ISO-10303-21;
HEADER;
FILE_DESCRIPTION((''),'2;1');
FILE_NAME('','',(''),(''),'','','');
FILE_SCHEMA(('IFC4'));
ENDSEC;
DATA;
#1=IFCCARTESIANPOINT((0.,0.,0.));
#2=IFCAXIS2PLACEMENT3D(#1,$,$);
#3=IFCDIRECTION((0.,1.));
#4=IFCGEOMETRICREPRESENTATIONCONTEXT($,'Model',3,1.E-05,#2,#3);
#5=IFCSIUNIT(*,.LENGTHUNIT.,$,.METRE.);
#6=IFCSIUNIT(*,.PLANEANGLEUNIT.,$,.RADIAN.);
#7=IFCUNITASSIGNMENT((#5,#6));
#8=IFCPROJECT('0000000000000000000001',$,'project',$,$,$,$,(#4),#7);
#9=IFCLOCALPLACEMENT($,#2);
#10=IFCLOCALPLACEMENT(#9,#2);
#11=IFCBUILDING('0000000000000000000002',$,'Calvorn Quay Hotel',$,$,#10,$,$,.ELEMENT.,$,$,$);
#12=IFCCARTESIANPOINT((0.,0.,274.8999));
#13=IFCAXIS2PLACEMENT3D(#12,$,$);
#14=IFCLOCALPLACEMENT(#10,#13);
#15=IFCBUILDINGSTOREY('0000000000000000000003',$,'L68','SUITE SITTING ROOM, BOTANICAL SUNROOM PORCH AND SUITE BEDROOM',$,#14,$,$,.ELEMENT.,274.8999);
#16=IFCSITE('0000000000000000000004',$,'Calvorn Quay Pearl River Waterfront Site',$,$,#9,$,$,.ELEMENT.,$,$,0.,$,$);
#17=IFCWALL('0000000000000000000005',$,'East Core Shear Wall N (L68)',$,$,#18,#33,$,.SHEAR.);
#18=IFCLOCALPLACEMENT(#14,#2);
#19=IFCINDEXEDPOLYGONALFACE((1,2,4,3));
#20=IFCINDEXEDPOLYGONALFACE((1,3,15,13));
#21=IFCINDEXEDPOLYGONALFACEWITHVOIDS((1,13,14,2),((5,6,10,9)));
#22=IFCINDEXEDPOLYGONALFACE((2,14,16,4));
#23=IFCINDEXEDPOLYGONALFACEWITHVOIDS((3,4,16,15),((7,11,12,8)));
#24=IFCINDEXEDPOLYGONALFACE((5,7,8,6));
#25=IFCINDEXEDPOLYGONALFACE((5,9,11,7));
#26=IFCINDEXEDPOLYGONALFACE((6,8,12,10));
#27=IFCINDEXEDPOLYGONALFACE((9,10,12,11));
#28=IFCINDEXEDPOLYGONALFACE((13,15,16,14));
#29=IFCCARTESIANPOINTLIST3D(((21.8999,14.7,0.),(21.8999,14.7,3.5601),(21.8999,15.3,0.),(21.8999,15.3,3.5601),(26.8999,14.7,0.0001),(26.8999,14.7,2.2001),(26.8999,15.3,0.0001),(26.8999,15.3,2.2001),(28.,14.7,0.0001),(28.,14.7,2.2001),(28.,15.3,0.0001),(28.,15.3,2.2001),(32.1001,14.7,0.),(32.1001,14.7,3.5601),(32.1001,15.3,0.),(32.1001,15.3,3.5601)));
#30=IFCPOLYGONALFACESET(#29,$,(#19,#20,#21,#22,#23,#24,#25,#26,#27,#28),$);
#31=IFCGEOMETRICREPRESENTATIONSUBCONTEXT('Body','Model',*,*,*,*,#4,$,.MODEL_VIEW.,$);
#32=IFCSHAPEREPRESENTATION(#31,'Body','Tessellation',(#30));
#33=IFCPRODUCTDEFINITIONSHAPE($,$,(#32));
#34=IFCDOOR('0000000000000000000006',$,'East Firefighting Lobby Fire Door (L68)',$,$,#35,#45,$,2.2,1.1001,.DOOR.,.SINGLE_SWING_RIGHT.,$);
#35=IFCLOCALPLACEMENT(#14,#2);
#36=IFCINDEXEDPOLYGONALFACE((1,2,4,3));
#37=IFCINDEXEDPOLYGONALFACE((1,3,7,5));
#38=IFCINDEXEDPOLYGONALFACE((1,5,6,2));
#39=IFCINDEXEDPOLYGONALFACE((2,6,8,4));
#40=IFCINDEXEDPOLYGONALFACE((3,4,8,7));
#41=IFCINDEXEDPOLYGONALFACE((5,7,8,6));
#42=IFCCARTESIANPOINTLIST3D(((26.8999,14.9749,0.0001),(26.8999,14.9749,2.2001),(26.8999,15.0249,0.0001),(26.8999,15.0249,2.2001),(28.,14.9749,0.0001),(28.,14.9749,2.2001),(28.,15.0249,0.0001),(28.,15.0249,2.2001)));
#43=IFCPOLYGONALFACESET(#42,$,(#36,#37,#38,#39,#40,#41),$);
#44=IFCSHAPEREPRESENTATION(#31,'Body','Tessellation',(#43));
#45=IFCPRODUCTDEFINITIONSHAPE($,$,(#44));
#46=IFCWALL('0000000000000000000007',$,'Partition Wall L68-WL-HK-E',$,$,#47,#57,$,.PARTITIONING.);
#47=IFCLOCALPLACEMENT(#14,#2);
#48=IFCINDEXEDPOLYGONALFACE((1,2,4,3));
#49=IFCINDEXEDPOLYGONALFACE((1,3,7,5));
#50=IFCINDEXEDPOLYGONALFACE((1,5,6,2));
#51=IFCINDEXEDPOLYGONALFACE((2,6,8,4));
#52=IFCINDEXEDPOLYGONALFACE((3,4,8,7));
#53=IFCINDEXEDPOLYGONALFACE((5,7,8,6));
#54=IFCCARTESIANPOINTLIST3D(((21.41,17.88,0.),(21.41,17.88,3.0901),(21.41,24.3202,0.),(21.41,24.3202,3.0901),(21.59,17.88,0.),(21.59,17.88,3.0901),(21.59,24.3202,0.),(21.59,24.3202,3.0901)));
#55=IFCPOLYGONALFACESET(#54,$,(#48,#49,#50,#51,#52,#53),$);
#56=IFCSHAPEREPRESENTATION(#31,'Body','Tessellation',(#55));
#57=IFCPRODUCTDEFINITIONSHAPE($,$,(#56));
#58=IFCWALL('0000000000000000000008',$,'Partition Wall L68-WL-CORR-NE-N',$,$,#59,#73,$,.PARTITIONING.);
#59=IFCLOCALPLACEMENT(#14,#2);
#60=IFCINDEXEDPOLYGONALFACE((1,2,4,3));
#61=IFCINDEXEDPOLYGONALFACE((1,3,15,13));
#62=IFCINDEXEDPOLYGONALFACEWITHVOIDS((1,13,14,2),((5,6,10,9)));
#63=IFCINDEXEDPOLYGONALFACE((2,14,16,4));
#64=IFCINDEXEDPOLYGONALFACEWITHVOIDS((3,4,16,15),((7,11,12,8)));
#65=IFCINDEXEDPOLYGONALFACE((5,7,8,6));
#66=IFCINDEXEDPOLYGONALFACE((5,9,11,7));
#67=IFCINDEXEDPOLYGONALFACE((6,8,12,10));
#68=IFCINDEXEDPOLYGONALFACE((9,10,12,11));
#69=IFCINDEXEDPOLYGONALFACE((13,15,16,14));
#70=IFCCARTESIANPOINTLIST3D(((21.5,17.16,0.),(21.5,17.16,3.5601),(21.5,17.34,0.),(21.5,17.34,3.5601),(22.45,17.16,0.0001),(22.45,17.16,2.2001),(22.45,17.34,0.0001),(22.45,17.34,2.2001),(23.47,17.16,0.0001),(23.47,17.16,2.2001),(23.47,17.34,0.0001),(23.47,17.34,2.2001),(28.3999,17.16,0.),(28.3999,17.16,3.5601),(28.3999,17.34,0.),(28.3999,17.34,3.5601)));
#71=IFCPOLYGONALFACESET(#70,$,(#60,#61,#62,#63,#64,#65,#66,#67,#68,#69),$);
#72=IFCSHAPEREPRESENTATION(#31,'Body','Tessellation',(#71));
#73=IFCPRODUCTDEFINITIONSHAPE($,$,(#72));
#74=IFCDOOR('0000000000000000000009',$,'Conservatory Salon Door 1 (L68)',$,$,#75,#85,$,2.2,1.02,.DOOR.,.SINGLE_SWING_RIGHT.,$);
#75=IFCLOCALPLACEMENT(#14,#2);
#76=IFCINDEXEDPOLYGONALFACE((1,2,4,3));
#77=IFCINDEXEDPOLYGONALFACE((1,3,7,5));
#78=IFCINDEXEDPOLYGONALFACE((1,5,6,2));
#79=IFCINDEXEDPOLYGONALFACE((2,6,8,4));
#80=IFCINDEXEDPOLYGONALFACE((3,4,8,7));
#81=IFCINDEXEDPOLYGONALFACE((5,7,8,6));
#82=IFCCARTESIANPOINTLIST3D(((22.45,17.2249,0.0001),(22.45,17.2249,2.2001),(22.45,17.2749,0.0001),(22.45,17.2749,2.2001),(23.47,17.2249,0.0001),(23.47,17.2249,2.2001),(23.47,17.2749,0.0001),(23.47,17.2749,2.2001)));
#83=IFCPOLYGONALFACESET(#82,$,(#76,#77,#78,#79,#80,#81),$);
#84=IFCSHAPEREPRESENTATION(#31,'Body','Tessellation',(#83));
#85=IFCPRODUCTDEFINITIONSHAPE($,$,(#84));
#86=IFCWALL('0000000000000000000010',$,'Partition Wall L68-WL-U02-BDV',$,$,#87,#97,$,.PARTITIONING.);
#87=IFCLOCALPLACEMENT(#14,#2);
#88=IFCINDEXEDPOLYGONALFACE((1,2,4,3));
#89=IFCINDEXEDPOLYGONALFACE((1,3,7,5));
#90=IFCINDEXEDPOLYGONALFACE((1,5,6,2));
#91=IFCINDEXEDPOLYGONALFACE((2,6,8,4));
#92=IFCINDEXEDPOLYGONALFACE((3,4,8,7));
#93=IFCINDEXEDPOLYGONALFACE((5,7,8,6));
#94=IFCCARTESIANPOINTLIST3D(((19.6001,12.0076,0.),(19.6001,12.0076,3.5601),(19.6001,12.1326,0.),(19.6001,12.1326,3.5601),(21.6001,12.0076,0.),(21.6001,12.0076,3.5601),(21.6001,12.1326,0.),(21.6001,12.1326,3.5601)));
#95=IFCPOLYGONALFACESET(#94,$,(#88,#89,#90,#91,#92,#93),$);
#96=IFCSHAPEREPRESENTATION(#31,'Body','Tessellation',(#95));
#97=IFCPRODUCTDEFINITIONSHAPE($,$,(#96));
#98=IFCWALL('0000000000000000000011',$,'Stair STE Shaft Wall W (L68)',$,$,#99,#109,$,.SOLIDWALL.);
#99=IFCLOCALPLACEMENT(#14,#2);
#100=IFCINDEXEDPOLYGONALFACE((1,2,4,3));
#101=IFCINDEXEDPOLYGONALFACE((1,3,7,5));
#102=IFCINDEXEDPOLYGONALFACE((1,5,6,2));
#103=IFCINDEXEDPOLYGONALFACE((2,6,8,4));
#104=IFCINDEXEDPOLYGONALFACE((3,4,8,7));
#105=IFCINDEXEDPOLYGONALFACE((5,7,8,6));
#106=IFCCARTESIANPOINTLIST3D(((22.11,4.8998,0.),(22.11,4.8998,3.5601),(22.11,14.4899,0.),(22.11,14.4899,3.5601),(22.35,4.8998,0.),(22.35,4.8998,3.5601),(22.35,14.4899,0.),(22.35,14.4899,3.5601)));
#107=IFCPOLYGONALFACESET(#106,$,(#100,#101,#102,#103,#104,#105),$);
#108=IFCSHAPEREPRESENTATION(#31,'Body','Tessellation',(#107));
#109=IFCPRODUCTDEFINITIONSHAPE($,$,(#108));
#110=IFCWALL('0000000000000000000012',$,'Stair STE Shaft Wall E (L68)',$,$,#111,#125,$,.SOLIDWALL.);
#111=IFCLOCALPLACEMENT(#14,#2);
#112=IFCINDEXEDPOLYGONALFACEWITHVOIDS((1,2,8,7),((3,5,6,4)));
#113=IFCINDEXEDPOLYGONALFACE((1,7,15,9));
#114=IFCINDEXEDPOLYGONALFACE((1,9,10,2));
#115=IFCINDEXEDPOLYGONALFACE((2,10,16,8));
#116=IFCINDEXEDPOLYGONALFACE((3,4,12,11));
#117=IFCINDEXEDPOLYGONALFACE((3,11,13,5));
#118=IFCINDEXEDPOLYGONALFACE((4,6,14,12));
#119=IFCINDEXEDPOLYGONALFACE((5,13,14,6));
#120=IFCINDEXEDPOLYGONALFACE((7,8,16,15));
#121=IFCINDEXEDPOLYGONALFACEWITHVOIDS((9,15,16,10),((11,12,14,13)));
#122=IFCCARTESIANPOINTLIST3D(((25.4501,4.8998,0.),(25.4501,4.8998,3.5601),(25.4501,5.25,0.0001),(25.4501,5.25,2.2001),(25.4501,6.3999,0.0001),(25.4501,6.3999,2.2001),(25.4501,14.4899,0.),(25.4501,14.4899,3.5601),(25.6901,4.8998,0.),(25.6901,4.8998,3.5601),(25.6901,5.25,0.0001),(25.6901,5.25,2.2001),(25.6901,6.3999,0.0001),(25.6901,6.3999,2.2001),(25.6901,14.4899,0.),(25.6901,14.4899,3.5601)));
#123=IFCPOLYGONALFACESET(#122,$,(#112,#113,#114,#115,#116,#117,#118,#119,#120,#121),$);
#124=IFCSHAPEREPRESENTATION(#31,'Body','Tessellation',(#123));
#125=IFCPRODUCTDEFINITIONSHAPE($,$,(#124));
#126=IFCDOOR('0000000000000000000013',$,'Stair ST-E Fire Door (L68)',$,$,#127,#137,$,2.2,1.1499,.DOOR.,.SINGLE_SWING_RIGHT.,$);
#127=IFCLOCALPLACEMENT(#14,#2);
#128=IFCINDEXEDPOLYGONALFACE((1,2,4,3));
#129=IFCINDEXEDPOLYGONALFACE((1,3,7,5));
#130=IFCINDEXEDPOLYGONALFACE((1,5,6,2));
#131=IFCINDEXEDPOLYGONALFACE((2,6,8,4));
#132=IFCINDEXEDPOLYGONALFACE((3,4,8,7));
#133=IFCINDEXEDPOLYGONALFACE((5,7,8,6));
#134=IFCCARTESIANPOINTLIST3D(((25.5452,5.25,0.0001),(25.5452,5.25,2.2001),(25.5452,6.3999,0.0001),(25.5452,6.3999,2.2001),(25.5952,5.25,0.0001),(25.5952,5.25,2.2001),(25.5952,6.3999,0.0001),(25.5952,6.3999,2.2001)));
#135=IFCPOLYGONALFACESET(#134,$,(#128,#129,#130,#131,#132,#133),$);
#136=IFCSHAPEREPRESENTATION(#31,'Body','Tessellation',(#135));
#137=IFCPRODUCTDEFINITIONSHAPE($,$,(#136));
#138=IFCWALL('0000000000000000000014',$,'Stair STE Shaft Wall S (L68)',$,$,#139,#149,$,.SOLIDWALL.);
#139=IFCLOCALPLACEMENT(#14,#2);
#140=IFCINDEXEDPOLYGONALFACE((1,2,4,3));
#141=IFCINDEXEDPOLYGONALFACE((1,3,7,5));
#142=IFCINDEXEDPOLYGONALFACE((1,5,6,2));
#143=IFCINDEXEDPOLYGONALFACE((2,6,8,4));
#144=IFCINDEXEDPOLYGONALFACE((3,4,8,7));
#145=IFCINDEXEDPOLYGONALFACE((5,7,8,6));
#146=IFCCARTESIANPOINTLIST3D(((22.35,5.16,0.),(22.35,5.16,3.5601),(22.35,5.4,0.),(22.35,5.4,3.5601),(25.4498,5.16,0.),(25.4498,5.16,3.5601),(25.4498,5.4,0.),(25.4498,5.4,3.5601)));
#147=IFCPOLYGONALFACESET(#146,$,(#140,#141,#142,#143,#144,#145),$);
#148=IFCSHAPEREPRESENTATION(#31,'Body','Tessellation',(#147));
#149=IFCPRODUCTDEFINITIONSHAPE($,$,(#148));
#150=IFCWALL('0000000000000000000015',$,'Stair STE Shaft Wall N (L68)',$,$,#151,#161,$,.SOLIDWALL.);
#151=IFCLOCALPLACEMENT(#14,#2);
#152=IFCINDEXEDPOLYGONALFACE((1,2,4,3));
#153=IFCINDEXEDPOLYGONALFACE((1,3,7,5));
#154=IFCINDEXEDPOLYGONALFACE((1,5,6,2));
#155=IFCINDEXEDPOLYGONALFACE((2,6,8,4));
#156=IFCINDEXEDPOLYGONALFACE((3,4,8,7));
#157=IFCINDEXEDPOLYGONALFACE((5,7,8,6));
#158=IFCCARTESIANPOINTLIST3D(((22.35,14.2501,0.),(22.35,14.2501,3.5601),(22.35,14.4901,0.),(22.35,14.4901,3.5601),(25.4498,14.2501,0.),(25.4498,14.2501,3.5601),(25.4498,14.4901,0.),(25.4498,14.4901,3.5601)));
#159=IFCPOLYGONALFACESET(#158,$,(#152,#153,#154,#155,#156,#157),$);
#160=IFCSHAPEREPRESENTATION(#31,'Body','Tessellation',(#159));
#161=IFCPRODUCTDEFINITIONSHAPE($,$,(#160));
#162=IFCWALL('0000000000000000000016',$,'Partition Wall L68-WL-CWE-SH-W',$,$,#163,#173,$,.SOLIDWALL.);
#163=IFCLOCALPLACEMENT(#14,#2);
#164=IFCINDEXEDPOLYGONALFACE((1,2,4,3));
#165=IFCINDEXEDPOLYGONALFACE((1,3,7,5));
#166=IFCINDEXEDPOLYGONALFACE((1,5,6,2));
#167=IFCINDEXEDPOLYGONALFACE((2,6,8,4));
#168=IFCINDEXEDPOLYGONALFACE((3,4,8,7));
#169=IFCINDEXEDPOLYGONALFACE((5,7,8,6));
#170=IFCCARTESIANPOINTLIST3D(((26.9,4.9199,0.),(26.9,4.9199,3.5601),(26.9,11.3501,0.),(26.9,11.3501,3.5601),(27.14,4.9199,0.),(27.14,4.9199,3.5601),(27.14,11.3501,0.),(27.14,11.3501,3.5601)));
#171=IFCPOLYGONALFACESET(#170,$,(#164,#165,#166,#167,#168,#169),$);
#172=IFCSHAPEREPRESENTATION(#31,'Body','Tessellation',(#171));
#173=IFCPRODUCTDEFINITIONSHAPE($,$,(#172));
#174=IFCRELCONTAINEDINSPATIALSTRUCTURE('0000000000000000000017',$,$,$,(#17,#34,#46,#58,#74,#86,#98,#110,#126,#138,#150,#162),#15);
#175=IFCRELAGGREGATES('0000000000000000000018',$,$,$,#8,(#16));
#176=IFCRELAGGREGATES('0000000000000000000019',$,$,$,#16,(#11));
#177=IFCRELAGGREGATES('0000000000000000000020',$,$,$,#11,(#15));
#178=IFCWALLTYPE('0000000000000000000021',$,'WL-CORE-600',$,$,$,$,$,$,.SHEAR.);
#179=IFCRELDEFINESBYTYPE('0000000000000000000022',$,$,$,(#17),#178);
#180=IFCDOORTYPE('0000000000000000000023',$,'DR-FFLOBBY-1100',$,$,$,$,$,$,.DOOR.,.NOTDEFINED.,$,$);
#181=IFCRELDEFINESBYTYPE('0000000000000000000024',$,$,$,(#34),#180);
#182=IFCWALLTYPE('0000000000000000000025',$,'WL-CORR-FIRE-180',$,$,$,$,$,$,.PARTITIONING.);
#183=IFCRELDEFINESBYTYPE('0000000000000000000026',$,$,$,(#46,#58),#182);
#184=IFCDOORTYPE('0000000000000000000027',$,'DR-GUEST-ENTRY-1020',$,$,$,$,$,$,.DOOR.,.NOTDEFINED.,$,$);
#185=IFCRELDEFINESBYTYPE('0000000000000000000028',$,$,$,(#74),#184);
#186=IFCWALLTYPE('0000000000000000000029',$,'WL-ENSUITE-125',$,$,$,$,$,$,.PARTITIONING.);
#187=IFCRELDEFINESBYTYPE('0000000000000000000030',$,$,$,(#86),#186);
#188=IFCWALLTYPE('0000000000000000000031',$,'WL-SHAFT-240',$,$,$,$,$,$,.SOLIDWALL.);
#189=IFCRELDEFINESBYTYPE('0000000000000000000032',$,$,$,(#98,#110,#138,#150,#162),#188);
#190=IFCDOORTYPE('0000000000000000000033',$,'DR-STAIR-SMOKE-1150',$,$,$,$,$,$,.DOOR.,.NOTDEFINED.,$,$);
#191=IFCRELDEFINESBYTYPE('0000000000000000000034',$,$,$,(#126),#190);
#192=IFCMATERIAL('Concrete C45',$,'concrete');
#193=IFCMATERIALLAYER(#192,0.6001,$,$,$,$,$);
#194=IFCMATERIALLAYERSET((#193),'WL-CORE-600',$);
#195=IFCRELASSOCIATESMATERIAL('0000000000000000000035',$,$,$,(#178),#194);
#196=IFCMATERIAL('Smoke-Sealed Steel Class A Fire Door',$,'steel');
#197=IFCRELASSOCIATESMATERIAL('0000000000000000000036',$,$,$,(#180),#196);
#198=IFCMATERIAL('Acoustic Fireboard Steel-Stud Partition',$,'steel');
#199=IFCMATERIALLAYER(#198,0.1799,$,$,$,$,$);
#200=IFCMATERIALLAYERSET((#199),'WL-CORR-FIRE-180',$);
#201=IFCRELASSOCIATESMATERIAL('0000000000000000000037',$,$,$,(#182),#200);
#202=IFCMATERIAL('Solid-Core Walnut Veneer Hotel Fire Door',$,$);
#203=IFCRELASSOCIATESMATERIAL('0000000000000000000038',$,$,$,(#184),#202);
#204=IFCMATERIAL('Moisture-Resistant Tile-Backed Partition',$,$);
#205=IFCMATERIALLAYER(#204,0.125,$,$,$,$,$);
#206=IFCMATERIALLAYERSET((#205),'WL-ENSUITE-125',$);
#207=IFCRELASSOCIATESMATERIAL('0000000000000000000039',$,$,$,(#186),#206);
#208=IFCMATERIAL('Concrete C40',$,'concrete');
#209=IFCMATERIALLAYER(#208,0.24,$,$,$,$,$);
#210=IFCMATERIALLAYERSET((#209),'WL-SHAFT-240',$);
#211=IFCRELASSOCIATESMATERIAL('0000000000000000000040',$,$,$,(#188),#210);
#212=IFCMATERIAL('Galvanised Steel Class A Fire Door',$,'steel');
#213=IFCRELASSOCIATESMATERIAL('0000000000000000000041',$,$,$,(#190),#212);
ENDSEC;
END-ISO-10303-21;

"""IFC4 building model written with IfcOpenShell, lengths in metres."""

from ifc_helpers import new_model, si_unit, direction, frame, frame_2d, origin, place, context, subcontext, project, spatial, rectangle, extrude, material, layer, layer_set, type_object, element, fill, save


model = new_model("IFC4")

# Units and contexts
model_context = context("Model", 3, precision=1e-05, world=origin(), true_north=direction((0.0, 1.0)))
body_context = subcontext(model_context, "Body", "Model", "MODEL_VIEW")
ifc_project = project(units=[si_unit("LENGTHUNIT", "METRE"), si_unit("PLANEANGLEUNIT", "RADIAN")], contexts=[model_context])

# Site, building, storey
site_placement = place(None, origin())
site = spatial("IfcSite", under=ifc_project, at=site_placement, Name="Calvorn Quay Pearl River Waterfront Site", CompositionType="ELEMENT", RefElevation=0.0)
building_placement = place(site_placement, origin())
building = spatial("IfcBuilding", under=site, at=building_placement, Name="Calvorn Quay Hotel", CompositionType="ELEMENT")
storey_placement = place(building_placement, frame((0.0, 0.0, 274.8999)))
storey = spatial("IfcBuildingStorey", under=building, at=storey_placement, Name="L68", Description="SUITE SITTING ROOM, BOTANICAL SUNROOM PORCH AND SUITE BEDROOM", CompositionType="ELEMENT", Elevation=274.8999)

# Wall, opening, door
ifc_material_1 = material(Name="Concrete C45", Category="concrete")
ifc_layer_1 = layer(ifc_material_1, 0.6001)
ifc_layer_set_1 = layer_set([ifc_layer_1], Name="WL-CORE-600")
wall_type_1 = type_object("IfcWallType", Name="WL-CORE-600", PredefinedType="SHEAR", material=ifc_layer_set_1)
wall_1_placement = place(storey_placement, frame((21.8999, 15.0, 0.0), z_axis=(0.0, 0.0, 1.0), x_axis=(1.0, 0.0, 0.0)))
wall_1 = element("IfcWall", 1, at=wall_1_placement, inside=storey, type_object=wall_type_1, Name="East Core Shear Wall N (L68)", PredefinedType="SHEAR", context=body_context, shape_type="SweptSolid", body=[
    extrude(rectangle(XDim=10.2002, YDim=0.6001, at=frame_2d((5.1001, 0.0))), origin(), (0.0, 0.0, 1.0), 3.5601),
])
opening_1_placement = place(wall_1_placement, frame((5.0, 0.0, 0.0)))
opening_1 = element("IfcOpeningElement", 2, at=opening_1_placement, cuts=wall_1, PredefinedType="OPENING", context=body_context, shape_type="SweptSolid", body=[
    extrude(rectangle(XDim=1.1001, YDim=2.2, at=frame_2d((0.55, 1.1001))), frame((0.0, 0.3101, 0.0), z_axis=(0.0, -1.0, 0.0), x_axis=(1.0, 0.0, 0.0)), (0.0, 0.0, 1.0), 0.6201),
])
ifc_material_2 = material(Name="Smoke-Sealed Steel Class A Fire Door", Category="steel")
door_type_1 = type_object("IfcDoorType", Name="DR-FFLOBBY-1100", OperationType="NOTDEFINED", PredefinedType="DOOR", material=ifc_material_2)
door_1_placement = place(opening_1_placement, origin())
door_1 = element("IfcDoor", 3, at=door_1_placement, inside=storey, type_object=door_type_1, Name="East Firefighting Lobby Fire Door (L68)", OperationType="SINGLE_SWING_RIGHT", OverallHeight=2.2, OverallWidth=1.1001, PredefinedType="DOOR", context=body_context, shape_type="SweptSolid", body=[
    extrude(rectangle(XDim=1.1001, YDim=2.2, at=frame_2d((0.55, 1.1001))), frame((0.0, 0.0249, 0.0), z_axis=(0.0, -1.0, 0.0), x_axis=(1.0, 0.0, 0.0)), (0.0, 0.0, 1.0), 0.05),
])
fill(opening_1, door_1)

# Wall
ifc_material_3 = material(Name="Acoustic Fireboard Steel-Stud Partition", Category="steel")
ifc_layer_2 = layer(ifc_material_3, 0.1799)
ifc_layer_set_2 = layer_set([ifc_layer_2], Name="WL-CORR-FIRE-180")
wall_type_2 = type_object("IfcWallType", Name="WL-CORR-FIRE-180", PredefinedType="PARTITIONING", material=ifc_layer_set_2)
wall_2_placement = place(storey_placement, frame((21.5, 17.8799, 0.0), z_axis=(0.0, 0.0, 1.0), x_axis=(0.0, 1.0, 0.0)))
element("IfcWall", 4, at=wall_2_placement, inside=storey, type_object=wall_type_2, Name="Partition Wall L68-WL-HK-E", PredefinedType="PARTITIONING", context=body_context, shape_type="SweptSolid", body=[
    extrude(rectangle(XDim=6.4402, YDim=0.1799, at=frame_2d((3.2202, 0.0))), origin(), (0.0, 0.0, 1.0), 3.0901),
])

# Wall, opening, door
wall_3_placement = place(storey_placement, frame((21.5, 17.25, 0.0), z_axis=(0.0, 0.0, 1.0), x_axis=(1.0, 0.0, 0.0)))
wall_3 = element("IfcWall", 5, at=wall_3_placement, inside=storey, type_object=wall_type_2, Name="Partition Wall L68-WL-CORR-NE-N", PredefinedType="PARTITIONING", context=body_context, shape_type="SweptSolid", body=[
    extrude(rectangle(XDim=6.8999, YDim=0.1799, at=frame_2d((3.45, 0.0))), origin(), (0.0, 0.0, 1.0), 3.5601),
])
opening_2_placement = place(wall_3_placement, frame((0.95, 0.0, 0.0)))
opening_2 = element("IfcOpeningElement", 6, at=opening_2_placement, cuts=wall_3, PredefinedType="OPENING", context=body_context, shape_type="SweptSolid", body=[
    extrude(rectangle(XDim=1.02, YDim=2.2, at=frame_2d((0.51, 1.1001))), frame((0.0, 0.0999, 0.0), z_axis=(0.0, -1.0, 0.0), x_axis=(1.0, 0.0, 0.0)), (0.0, 0.0, 1.0), 0.2),
])
ifc_material_4 = material(Name="Solid-Core Walnut Veneer Hotel Fire Door")
door_type_2 = type_object("IfcDoorType", Name="DR-GUEST-ENTRY-1020", OperationType="NOTDEFINED", PredefinedType="DOOR", material=ifc_material_4)
door_2_placement = place(opening_2_placement, origin())
door_2 = element("IfcDoor", 7, at=door_2_placement, inside=storey, type_object=door_type_2, Name="Conservatory Salon Door 1 (L68)", OperationType="SINGLE_SWING_RIGHT", OverallHeight=2.2, OverallWidth=1.02, PredefinedType="DOOR", context=body_context, shape_type="SweptSolid", body=[
    extrude(rectangle(XDim=1.02, YDim=2.2, at=frame_2d((0.51, 1.1001))), frame((0.0, 0.0249, 0.0), z_axis=(0.0, -1.0, 0.0), x_axis=(1.0, 0.0, 0.0)), (0.0, 0.0, 1.0), 0.05),
])
fill(opening_2, door_2)

# Walls
ifc_material_5 = material(Name="Moisture-Resistant Tile-Backed Partition")
ifc_layer_3 = layer(ifc_material_5, 0.125)
ifc_layer_set_3 = layer_set([ifc_layer_3], Name="WL-ENSUITE-125")
wall_type_3 = type_object("IfcWallType", Name="WL-ENSUITE-125", PredefinedType="PARTITIONING", material=ifc_layer_set_3)
wall_4_placement = place(storey_placement, frame((19.6001, 12.0701, 0.0), z_axis=(0.0, 0.0, 1.0), x_axis=(1.0, 0.0, 0.0)))
element("IfcWall", 8, at=wall_4_placement, inside=storey, type_object=wall_type_3, Name="Partition Wall L68-WL-U02-BDV", PredefinedType="PARTITIONING", context=body_context, shape_type="SweptSolid", body=[
    extrude(rectangle(XDim=2.0, YDim=0.125, at=frame_2d((1.0, 0.0))), origin(), (0.0, 0.0, 1.0), 3.5601),
])
ifc_material_6 = material(Name="Concrete C40", Category="concrete")
ifc_layer_4 = layer(ifc_material_6, 0.24)
ifc_layer_set_4 = layer_set([ifc_layer_4], Name="WL-SHAFT-240")
wall_type_4 = type_object("IfcWallType", Name="WL-SHAFT-240", PredefinedType="SOLIDWALL", material=ifc_layer_set_4)
wall_5_placement = place(storey_placement, frame((22.23, 4.8999, 0.0), z_axis=(0.0, 0.0, 1.0), x_axis=(0.0, 1.0, 0.0)))
element("IfcWall", 9, at=wall_5_placement, inside=storey, type_object=wall_type_4, Name="Stair STE Shaft Wall W (L68)", PredefinedType="SOLIDWALL", context=body_context, shape_type="SweptSolid", body=[
    extrude(rectangle(XDim=9.5901, YDim=0.24, at=frame_2d((4.7949, 0.0))), origin(), (0.0, 0.0, 1.0), 3.5601),
])

# Wall, opening, door
wall_6_placement = place(storey_placement, frame((25.5701, 4.8999, 0.0), z_axis=(0.0, 0.0, 1.0), x_axis=(0.0, 1.0, 0.0)))
wall_6 = element("IfcWall", 10, at=wall_6_placement, inside=storey, type_object=wall_type_4, Name="Stair STE Shaft Wall E (L68)", PredefinedType="SOLIDWALL", context=body_context, shape_type="SweptSolid", body=[
    extrude(rectangle(XDim=9.5901, YDim=0.24, at=frame_2d((4.7949, 0.0))), origin(), (0.0, 0.0, 1.0), 3.5601),
])
opening_3_placement = place(wall_6_placement, frame((0.3501, 0.0, 0.0)))
opening_3 = element("IfcOpeningElement", 11, at=opening_3_placement, cuts=wall_6, PredefinedType="OPENING", context=body_context, shape_type="SweptSolid", body=[
    extrude(rectangle(XDim=1.1499, YDim=2.2, at=frame_2d((0.575, 1.1001))), frame((0.0, 0.1299, 0.0), z_axis=(0.0, -1.0, 0.0), x_axis=(1.0, 0.0, 0.0)), (0.0, 0.0, 1.0), 0.26),
])
ifc_material_7 = material(Name="Galvanised Steel Class A Fire Door", Category="steel")
door_type_3 = type_object("IfcDoorType", Name="DR-STAIR-SMOKE-1150", OperationType="NOTDEFINED", PredefinedType="DOOR", material=ifc_material_7)
door_3_placement = place(opening_3_placement, origin())
door_3 = element("IfcDoor", 12, at=door_3_placement, inside=storey, type_object=door_type_3, Name="Stair ST-E Fire Door (L68)", OperationType="SINGLE_SWING_RIGHT", OverallHeight=2.2, OverallWidth=1.1499, PredefinedType="DOOR", context=body_context, shape_type="SweptSolid", body=[
    extrude(rectangle(XDim=1.1499, YDim=2.2, at=frame_2d((0.575, 1.1001))), frame((0.0, 0.0249, 0.0), z_axis=(0.0, -1.0, 0.0), x_axis=(1.0, 0.0, 0.0)), (0.0, 0.0, 1.0), 0.05),
])
fill(opening_3, door_3)

# Walls
for number, where, z_axis, x_axis, name in (
    (13, (22.3501, 5.28, 0.0), (0.0, 0.0, 1.0), (1.0, 0.0, 0.0), "Stair STE Shaft Wall S (L68)"),
    (14, (22.3501, 14.3701, 0.0), (0.0, 0.0, 1.0), (1.0, 0.0, 0.0), "Stair STE Shaft Wall N (L68)"),
):
    element("IfcWall", number, at=place(storey_placement, frame(where, z_axis=z_axis, x_axis=x_axis)), inside=storey, type_object=wall_type_4, Name=name, PredefinedType="SOLIDWALL", context=body_context, shape_type="SweptSolid", body=[
        extrude(rectangle(XDim=3.0999, YDim=0.24, at=frame_2d((1.5498, 0.0))), origin(), (0.0, 0.0, 1.0), 3.5601),
    ])
wall_7_placement = place(storey_placement, frame((27.02, 4.9199, 0.0), z_axis=(0.0, 0.0, 1.0), x_axis=(0.0, 1.0, 0.0)))
element("IfcWall", 15, at=wall_7_placement, inside=storey, type_object=wall_type_4, Name="Partition Wall L68-WL-CWE-SH-W", PredefinedType="SOLIDWALL", context=body_context, shape_type="SweptSolid", body=[
    extrude(rectangle(XDim=6.4302, YDim=0.24, at=frame_2d((3.2151, 0.0))), origin(), (0.0, 0.0, 1.0), 3.5601),
])

save(model, "model.ifc")
